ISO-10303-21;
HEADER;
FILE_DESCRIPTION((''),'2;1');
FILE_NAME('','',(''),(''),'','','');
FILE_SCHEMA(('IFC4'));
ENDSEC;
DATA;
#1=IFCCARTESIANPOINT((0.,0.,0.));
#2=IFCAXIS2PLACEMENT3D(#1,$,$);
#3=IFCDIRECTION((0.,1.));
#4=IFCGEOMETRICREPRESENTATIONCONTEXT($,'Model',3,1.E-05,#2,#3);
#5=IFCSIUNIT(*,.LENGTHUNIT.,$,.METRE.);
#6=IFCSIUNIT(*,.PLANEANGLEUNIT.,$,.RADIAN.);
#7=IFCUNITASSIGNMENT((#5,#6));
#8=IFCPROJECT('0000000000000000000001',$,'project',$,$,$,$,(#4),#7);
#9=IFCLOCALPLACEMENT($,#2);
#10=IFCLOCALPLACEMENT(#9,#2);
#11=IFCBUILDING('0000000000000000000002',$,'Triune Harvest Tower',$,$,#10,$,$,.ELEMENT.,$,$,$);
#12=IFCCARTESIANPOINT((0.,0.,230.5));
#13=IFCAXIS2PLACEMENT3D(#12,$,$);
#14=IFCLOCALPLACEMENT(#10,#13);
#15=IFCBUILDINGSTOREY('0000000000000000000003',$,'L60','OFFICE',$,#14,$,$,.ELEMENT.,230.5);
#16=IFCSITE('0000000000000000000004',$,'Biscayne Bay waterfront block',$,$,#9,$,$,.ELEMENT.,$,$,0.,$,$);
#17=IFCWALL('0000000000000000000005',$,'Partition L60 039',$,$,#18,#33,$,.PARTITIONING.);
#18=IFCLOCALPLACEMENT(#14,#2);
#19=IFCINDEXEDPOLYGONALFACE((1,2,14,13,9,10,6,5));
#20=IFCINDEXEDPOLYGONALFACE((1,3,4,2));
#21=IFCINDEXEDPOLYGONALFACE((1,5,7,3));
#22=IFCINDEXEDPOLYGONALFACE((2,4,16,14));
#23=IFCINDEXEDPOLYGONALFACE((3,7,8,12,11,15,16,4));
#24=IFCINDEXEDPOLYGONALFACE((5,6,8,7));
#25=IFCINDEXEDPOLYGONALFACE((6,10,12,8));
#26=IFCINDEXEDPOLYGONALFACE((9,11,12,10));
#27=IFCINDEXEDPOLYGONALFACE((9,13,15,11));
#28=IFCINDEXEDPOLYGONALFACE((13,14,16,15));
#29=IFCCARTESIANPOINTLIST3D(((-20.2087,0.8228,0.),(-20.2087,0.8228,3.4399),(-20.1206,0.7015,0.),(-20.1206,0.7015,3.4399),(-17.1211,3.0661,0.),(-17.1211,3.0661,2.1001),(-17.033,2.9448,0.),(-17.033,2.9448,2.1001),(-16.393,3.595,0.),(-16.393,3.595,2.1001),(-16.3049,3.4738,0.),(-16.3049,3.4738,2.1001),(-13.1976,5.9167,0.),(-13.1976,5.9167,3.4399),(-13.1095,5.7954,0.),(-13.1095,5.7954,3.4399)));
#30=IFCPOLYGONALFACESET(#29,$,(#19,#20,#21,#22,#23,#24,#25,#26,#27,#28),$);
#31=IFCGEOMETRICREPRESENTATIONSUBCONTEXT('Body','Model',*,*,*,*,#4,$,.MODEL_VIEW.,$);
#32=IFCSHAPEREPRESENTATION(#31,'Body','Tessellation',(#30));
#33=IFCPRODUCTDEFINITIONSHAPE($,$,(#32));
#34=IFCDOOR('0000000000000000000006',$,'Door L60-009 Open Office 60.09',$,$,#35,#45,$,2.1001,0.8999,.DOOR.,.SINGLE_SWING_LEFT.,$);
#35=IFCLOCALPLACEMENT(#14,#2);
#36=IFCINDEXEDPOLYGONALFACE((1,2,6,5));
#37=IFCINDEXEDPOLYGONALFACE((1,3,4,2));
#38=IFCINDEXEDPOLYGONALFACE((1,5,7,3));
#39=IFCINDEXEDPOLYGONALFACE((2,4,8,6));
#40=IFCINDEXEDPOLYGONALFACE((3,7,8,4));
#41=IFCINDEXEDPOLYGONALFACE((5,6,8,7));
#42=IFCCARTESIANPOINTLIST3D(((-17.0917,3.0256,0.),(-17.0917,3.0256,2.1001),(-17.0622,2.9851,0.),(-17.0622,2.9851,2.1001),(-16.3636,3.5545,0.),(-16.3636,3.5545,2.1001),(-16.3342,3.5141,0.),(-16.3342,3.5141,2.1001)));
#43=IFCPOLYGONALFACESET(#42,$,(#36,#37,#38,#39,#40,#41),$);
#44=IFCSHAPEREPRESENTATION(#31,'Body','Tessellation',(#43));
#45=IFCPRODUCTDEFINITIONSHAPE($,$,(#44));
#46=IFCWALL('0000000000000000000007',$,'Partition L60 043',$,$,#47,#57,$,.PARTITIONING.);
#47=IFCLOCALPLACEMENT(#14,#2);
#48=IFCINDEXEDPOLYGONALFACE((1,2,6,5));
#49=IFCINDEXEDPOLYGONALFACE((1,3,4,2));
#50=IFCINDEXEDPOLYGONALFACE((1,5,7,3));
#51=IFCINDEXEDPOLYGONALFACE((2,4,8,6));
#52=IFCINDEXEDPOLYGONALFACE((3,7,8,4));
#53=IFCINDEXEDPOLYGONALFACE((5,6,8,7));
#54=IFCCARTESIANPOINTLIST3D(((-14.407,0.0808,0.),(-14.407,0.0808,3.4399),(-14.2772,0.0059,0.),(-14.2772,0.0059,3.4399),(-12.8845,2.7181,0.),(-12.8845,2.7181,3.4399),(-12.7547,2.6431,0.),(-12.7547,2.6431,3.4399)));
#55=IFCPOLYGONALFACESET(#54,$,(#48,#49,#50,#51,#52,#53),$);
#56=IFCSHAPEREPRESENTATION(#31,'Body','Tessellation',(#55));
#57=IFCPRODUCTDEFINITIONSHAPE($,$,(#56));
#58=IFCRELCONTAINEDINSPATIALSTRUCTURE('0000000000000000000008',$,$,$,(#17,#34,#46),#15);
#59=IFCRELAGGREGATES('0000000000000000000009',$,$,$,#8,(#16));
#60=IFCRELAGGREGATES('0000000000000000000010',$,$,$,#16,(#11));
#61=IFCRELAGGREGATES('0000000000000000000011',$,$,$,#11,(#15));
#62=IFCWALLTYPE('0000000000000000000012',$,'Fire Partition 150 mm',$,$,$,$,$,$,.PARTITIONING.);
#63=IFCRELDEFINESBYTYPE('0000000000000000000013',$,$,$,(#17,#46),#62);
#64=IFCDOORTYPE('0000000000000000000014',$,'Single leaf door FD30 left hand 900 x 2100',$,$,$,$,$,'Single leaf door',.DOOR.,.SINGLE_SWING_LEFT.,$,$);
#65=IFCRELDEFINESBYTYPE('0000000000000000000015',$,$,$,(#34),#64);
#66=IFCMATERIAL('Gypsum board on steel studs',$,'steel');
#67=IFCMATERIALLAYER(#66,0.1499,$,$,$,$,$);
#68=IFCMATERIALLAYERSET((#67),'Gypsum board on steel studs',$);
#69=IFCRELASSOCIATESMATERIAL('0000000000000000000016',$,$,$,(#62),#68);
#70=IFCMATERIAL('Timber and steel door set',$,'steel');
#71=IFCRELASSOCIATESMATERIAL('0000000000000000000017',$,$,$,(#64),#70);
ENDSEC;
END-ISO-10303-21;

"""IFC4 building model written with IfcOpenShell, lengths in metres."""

from ifc_helpers import new_model, si_unit, direction, frame, frame_2d, origin, place, context, subcontext, project, spatial, rectangle, extrude, source, transform, mapped, material, layer, layer_set, type_object, element, fill, save


model = new_model("IFC4")

# Units and contexts
model_context = context("Model", 3, precision=1e-05, world=origin(), true_north=direction((0.0, 1.0)))
body_context = subcontext(model_context, "Body", "Model", "MODEL_VIEW")
ifc_project = project(units=[si_unit("LENGTHUNIT", "METRE"), si_unit("PLANEANGLEUNIT", "RADIAN")], contexts=[model_context])

# Site, building, storey
site_placement = place(None, origin())
site = spatial("IfcSite", under=ifc_project, at=site_placement, Name="Biscayne Bay waterfront block", CompositionType="ELEMENT", RefElevation=0.0)
building_placement = place(site_placement, origin())
building = spatial("IfcBuilding", under=site, at=building_placement, Name="Triune Harvest Tower", CompositionType="ELEMENT")
storey_placement = place(building_placement, frame((0.0, 0.0, 230.5)))
storey = spatial("IfcBuildingStorey", under=building, at=storey_placement, Name="L60", Description="OFFICE", CompositionType="ELEMENT", Elevation=230.5)

# Shared definitions
ifc_material_1 = material(Name="Gypsum board on steel studs", Category="steel")
ifc_layer_1 = layer(ifc_material_1, 0.1499)
ifc_layer_set_1 = layer_set([ifc_layer_1], Name="Gypsum board on steel studs")
wall_type_1 = type_object("IfcWallType", Name="Fire Partition 150 mm", PredefinedType="PARTITIONING", material=ifc_layer_set_1)

# Wall, opening, door
shared_shape_1 = source(origin(), body_context, "Body", "SweptSolid", [
    extrude(rectangle(XDim=8.6663, YDim=0.1499, at=frame_2d((4.333, 0.0))), origin(), (0.0, 0.0, 1.0), 3.4399),
])
wall_1_placement = place(storey_placement, frame((-20.1646, 0.7622, 0.0), z_axis=(0.0, 0.0, 1.0), x_axis=(0.809015, 0.587788, 0.0)))
wall_1 = element("IfcWall", 1, at=wall_1_placement, inside=storey, type_object=wall_type_1, Name="Partition L60 039", PredefinedType="PARTITIONING", context=body_context, shape_type="MappedRepresentation", body=[
    mapped(shared_shape_1, transform((0.0, 0.0, 0.0), scale=1.0)),
])
opening_placement = place(wall_1_placement, frame((3.8164, 0.0, 0.0)))
opening = element("IfcOpeningElement", 2, at=opening_placement, cuts=wall_1, PredefinedType="OPENING", context=body_context, shape_type="SweptSolid", body=[
    extrude(rectangle(XDim=0.8999, YDim=2.1001, at=frame_2d((0.45, 1.05))), frame((0.0, 0.085, 0.0), z_axis=(0.0, -1.0, 0.0), x_axis=(1.0, 0.0, 0.0)), (0.0, 0.0, 1.0), 0.1699),
])
ifc_material_2 = material(Name="Timber and steel door set", Category="steel")
door_type = type_object("IfcDoorType", Name="Single leaf door FD30 left hand 900 x 2100", ElementType="Single leaf door", OperationType="SINGLE_SWING_LEFT", PredefinedType="DOOR", material=ifc_material_2)
door_placement = place(opening_placement, origin())
door = element("IfcDoor", 3, at=door_placement, inside=storey, type_object=door_type, Name="Door L60-009 Open Office 60.09", OperationType="SINGLE_SWING_LEFT", OverallHeight=2.1001, OverallWidth=0.8999, PredefinedType="DOOR", context=body_context, shape_type="SweptSolid", body=[
    extrude(rectangle(XDim=0.8999, YDim=2.1001, at=frame_2d((0.45, 1.05))), frame((0.0, 0.0249, 0.0), z_axis=(0.0, -1.0, 0.0), x_axis=(1.0, 0.0, 0.0)), (0.0, 0.0, 1.0), 0.05),
])
fill(opening, door)

# Wall
shared_shape_2 = source(origin(), body_context, "Body", "SweptSolid", [
    extrude(rectangle(XDim=3.0452, YDim=0.1499, at=frame_2d((1.5225, 0.0))), origin(), (0.0, 0.0, 1.0), 3.4399),
])
wall_2_placement = place(storey_placement, frame((-14.342, 0.0435, 0.0), z_axis=(0.0, 0.0, 1.0), x_axis=(0.499968, 0.866044, 0.0)))
element("IfcWall", 4, at=wall_2_placement, inside=storey, type_object=wall_type_1, Name="Partition L60 043", PredefinedType="PARTITIONING", context=body_context, shape_type="MappedRepresentation", body=[
    mapped(shared_shape_2, transform((0.0, 0.0, 0.0), scale=1.0)),
])

save(model, "model.ifc")
